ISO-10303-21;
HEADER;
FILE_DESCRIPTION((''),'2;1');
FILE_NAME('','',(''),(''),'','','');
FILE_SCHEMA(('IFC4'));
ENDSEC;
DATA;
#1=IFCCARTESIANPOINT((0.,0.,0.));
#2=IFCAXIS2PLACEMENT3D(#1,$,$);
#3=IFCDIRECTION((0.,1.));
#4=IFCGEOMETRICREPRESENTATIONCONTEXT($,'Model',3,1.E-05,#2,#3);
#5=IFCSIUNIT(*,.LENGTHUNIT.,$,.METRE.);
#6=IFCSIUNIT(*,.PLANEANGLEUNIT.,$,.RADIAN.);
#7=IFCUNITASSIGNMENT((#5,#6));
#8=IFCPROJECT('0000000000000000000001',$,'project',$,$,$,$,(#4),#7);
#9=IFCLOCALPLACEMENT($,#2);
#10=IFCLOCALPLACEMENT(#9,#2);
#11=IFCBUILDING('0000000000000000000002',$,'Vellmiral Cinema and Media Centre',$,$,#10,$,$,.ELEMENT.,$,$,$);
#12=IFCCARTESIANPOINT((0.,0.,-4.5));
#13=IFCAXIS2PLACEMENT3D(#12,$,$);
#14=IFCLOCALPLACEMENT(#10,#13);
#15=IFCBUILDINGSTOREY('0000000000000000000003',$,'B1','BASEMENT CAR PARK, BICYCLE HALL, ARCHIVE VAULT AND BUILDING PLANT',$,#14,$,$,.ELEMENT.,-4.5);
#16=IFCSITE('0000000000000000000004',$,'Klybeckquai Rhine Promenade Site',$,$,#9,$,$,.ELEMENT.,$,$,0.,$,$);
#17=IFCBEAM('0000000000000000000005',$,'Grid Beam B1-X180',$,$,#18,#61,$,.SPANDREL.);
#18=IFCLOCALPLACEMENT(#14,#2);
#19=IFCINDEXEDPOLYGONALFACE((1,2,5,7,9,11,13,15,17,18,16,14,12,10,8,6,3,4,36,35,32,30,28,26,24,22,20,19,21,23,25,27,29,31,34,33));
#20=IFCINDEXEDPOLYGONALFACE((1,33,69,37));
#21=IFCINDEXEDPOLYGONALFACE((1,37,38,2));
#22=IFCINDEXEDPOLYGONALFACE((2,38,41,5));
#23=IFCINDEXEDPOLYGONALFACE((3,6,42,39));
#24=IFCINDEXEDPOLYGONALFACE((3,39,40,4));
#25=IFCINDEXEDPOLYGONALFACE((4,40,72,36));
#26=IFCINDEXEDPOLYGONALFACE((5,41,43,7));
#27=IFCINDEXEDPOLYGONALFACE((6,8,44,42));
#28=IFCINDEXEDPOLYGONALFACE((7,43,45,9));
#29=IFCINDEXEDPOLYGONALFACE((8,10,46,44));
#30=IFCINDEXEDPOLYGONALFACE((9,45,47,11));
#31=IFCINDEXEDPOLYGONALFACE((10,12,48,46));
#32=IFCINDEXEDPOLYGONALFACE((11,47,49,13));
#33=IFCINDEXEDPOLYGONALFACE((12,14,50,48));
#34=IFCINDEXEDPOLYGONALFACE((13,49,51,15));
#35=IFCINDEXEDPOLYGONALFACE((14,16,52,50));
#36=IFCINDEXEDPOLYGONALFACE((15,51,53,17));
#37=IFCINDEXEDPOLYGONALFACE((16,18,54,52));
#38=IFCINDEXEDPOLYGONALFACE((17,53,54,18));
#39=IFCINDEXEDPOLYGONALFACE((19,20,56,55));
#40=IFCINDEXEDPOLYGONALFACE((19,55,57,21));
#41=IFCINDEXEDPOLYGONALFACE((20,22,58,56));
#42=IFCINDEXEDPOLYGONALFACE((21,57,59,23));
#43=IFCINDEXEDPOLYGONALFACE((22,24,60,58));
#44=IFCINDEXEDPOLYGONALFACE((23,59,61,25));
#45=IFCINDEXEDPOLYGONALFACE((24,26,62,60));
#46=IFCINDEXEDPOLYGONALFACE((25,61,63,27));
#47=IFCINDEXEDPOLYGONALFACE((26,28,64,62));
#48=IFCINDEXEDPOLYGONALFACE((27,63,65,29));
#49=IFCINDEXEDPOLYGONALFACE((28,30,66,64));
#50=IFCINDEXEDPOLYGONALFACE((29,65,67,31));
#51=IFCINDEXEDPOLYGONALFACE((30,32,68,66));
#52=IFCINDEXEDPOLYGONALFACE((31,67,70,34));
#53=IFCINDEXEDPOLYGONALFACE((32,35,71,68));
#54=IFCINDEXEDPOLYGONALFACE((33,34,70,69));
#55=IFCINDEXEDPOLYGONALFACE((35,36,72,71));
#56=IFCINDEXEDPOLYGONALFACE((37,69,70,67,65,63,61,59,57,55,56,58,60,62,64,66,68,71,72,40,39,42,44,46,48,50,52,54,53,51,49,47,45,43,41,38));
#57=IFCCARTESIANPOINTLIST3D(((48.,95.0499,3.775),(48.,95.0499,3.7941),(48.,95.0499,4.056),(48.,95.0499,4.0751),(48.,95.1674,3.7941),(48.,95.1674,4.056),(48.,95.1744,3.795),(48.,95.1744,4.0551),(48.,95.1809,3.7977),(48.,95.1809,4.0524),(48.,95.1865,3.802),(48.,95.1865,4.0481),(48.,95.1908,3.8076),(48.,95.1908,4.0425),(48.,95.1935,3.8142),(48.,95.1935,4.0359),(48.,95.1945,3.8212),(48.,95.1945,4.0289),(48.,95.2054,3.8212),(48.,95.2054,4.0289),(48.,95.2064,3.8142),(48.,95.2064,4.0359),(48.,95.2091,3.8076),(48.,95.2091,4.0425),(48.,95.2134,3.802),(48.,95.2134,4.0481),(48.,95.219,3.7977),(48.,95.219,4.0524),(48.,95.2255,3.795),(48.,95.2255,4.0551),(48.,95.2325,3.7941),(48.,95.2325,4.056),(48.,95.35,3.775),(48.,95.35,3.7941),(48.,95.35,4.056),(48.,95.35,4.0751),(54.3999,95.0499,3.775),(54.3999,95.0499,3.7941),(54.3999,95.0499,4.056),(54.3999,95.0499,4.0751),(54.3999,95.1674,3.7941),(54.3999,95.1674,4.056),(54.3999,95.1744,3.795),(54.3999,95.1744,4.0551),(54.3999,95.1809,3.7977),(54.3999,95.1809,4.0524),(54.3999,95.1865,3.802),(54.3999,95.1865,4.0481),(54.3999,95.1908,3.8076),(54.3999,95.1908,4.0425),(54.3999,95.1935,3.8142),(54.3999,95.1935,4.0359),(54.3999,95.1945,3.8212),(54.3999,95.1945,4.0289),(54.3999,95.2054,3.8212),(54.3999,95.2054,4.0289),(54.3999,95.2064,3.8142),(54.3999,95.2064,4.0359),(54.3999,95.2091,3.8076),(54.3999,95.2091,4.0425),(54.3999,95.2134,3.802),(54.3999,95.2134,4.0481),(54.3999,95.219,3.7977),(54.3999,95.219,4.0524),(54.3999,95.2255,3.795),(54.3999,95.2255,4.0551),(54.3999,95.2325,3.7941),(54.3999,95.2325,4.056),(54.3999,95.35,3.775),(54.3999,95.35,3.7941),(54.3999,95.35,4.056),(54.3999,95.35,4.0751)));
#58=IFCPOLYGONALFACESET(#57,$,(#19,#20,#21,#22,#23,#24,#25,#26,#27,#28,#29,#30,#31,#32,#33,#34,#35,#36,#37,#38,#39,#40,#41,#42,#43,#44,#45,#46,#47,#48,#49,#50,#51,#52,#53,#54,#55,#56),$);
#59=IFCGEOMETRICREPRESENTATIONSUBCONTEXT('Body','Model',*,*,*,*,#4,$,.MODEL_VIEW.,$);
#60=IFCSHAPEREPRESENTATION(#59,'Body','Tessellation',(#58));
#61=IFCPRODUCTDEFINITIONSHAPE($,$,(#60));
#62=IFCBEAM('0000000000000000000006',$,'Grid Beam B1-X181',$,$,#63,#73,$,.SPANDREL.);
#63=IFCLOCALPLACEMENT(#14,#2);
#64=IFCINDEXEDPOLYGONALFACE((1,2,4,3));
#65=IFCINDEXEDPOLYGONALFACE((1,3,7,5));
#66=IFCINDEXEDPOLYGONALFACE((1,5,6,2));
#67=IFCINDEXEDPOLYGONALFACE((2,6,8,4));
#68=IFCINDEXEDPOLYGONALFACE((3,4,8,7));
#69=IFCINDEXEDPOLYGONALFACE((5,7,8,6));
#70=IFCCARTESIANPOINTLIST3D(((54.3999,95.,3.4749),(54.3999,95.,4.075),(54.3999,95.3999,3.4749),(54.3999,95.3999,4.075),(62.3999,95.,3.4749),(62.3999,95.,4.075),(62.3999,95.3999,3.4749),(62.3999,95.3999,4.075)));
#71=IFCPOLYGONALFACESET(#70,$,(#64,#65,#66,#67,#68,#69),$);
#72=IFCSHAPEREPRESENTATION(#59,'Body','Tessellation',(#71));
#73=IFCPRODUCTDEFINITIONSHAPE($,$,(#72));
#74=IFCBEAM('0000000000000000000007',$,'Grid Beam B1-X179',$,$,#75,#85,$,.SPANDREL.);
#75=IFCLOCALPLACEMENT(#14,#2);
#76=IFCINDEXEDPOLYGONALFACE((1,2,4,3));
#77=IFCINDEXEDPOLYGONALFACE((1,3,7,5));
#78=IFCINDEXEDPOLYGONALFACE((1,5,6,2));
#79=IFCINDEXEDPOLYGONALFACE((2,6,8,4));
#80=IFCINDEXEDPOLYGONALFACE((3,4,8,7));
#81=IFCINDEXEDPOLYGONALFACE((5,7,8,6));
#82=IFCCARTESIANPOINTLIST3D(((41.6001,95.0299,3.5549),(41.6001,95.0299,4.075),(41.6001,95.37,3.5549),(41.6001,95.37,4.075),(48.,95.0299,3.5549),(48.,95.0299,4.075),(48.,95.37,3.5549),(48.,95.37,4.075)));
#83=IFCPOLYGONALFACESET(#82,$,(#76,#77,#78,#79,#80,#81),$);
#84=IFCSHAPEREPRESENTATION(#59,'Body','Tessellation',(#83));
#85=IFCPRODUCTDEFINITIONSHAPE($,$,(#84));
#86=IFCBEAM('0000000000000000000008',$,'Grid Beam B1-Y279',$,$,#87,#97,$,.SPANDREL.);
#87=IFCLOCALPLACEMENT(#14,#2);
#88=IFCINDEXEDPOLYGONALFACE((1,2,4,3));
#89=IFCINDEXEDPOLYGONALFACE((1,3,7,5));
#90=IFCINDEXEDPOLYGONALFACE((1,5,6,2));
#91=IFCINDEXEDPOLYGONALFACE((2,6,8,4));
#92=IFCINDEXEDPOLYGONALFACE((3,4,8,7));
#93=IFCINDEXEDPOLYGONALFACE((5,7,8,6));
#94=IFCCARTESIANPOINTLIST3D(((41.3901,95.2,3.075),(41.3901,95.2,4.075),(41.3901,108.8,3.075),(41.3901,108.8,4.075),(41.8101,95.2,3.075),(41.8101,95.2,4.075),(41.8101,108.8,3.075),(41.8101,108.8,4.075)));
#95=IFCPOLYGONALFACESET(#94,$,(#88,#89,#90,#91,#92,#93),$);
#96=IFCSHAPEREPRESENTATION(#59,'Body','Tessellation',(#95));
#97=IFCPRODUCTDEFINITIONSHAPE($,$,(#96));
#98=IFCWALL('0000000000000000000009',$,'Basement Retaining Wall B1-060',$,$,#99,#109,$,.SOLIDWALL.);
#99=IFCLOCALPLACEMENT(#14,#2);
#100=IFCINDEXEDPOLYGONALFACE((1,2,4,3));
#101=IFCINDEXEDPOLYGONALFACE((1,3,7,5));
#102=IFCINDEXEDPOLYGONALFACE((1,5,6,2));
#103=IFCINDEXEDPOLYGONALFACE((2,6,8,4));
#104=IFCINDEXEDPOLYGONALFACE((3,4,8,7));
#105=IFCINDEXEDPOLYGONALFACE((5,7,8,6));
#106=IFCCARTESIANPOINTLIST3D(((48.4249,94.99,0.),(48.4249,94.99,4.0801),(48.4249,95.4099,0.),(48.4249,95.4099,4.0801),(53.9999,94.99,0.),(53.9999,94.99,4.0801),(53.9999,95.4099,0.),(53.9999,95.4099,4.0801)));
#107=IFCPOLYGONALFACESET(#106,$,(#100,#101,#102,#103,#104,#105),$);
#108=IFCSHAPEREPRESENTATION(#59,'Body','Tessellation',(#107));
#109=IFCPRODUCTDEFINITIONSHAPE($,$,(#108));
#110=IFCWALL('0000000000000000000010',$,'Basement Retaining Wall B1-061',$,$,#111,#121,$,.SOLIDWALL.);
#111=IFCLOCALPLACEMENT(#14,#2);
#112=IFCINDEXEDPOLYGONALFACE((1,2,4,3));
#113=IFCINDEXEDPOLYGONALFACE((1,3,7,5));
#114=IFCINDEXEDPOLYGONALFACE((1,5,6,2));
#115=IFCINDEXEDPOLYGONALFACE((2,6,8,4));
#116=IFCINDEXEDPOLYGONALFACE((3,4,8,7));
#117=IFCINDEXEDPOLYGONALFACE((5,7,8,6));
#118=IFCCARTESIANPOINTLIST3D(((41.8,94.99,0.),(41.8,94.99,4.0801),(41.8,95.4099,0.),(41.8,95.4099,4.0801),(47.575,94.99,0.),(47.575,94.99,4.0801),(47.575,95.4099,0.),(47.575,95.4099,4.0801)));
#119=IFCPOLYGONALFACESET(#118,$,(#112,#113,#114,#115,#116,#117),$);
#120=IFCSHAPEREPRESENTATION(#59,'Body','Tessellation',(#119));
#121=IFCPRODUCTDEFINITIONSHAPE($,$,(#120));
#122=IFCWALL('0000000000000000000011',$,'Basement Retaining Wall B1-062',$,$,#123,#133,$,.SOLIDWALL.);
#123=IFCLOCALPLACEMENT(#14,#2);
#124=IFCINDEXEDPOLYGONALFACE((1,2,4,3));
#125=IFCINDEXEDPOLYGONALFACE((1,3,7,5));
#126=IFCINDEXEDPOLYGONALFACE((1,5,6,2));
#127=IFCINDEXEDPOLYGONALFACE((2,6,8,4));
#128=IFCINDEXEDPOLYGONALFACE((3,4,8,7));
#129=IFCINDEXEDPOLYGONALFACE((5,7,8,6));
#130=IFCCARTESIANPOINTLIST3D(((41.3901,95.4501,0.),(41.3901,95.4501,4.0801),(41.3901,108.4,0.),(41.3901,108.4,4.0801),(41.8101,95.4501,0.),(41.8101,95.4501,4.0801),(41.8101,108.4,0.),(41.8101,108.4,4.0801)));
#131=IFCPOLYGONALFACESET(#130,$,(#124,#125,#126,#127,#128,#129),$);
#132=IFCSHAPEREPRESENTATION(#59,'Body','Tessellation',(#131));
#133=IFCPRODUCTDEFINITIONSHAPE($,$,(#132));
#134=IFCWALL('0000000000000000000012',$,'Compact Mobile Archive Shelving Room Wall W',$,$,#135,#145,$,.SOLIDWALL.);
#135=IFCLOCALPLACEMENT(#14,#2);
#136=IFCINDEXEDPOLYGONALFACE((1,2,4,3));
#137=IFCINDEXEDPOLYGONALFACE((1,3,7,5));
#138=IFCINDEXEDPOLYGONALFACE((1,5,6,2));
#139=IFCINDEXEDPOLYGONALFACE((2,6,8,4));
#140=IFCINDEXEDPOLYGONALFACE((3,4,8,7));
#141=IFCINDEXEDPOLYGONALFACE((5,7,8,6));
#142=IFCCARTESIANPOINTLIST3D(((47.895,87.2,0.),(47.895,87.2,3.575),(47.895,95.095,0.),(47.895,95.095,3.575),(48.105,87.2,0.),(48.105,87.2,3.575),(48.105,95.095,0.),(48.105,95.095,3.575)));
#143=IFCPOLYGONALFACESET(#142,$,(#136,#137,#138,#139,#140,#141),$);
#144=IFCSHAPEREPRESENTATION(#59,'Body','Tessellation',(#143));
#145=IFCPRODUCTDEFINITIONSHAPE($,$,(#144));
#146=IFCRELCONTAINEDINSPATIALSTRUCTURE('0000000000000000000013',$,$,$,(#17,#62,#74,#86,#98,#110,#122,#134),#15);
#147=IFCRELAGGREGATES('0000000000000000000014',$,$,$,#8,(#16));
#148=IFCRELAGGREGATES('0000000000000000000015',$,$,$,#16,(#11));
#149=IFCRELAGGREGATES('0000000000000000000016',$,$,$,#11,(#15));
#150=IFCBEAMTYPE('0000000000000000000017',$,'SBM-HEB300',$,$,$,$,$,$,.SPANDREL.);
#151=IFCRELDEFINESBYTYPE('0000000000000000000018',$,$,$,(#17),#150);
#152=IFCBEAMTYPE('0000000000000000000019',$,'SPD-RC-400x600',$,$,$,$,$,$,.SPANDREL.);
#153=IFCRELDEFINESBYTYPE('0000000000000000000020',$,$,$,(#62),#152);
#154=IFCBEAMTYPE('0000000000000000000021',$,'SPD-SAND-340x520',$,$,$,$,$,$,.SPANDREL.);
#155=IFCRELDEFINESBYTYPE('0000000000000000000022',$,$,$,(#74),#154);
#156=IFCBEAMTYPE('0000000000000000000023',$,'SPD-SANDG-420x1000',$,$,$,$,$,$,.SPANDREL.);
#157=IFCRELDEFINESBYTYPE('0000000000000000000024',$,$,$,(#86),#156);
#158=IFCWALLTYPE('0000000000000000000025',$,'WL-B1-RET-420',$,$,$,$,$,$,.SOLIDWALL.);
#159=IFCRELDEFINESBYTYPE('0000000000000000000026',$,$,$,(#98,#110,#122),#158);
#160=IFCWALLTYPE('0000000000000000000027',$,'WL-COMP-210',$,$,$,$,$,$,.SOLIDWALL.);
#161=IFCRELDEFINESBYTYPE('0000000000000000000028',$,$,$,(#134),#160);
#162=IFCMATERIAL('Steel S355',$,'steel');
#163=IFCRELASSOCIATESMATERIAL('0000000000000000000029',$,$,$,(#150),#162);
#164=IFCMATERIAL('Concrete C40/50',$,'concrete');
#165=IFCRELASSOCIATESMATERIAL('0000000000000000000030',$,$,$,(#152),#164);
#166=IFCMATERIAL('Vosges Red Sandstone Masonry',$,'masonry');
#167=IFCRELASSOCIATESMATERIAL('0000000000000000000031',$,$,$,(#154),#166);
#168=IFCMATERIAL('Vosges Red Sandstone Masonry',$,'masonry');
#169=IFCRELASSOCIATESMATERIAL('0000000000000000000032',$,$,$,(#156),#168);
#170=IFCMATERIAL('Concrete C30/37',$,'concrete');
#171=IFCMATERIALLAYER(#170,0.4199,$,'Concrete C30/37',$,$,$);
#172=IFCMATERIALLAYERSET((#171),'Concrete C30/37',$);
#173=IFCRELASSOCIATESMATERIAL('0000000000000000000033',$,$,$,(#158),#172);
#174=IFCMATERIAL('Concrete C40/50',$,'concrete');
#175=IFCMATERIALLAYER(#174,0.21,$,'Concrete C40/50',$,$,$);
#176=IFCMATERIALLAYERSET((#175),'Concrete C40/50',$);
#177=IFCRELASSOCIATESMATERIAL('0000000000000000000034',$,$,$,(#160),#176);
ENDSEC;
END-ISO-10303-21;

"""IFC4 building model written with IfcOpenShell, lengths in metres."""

from ifc_helpers import new_model, si_unit, direction, frame, frame_2d, origin, origin_2d, place, context, subcontext, project, spatial, rectangle, i_section, extrude, material, layer, layer_set, material_profile, profile_set, type_object, element, save


model = new_model("IFC4")

# Units and contexts
model_context = context("Model", 3, precision=1e-05, world=origin(), true_north=direction((0.0, 1.0)))
body_context = subcontext(model_context, "Body", "Model", "MODEL_VIEW")
ifc_project = project(units=[si_unit("LENGTHUNIT", "METRE"), si_unit("PLANEANGLEUNIT", "RADIAN")], contexts=[model_context])

# Site, building, storey
site_placement = place(None, origin())
site = spatial("IfcSite", under=ifc_project, at=site_placement, Name="Klybeckquai Rhine Promenade Site", CompositionType="ELEMENT", RefElevation=0.0)
building_placement = place(site_placement, origin())
building = spatial("IfcBuilding", under=site, at=building_placement, Name="Vellmiral Cinema and Media Centre", CompositionType="ELEMENT")
storey_placement = place(building_placement, frame((0.0, 0.0, -4.5)))
storey = spatial("IfcBuildingStorey", under=building, at=storey_placement, Name="B1", Description="BASEMENT CAR PARK, BICYCLE HALL, ARCHIVE VAULT AND BUILDING PLANT", CompositionType="ELEMENT", Elevation=-4.5)

# Beams
ifc_material_1 = material(Name="Steel S355", Category="steel")
ifc_material_profile_1 = material_profile(ifc_material_1, i_section(OverallWidth=0.3, OverallDepth=0.3, WebThickness=0.011, FlangeThickness=0.019, FilletRadius=0.0271, at=origin_2d()), Name="HEB 300")
ifc_profile_set_1 = profile_set([ifc_material_profile_1], Name="Steel S355")
beam_type_1 = type_object("IfcBeamType", Name="SBM-HEB300", PredefinedType="SPANDREL", material=ifc_profile_set_1)
beam_1_placement = place(storey_placement, frame((48.0, 95.2, 3.925), z_axis=(1.0, 0.0, 0.0), x_axis=(0.0, 1.0, 0.0)))
element("IfcBeam", 1, at=beam_1_placement, inside=storey, type_object=beam_type_1, Name="Grid Beam B1-X180", PredefinedType="SPANDREL", context=body_context, shape_type="SweptSolid", body=[
    extrude(i_section(OverallWidth=0.3, OverallDepth=0.3, WebThickness=0.011, FlangeThickness=0.019, FilletRadius=0.0271, at=origin_2d()), origin(), (0.0, 0.0, 1.0), 6.3999),
])
ifc_material_2 = material(Name="Concrete C40/50", Category="concrete")
ifc_material_profile_2 = material_profile(ifc_material_2, rectangle(XDim=0.3999, YDim=0.6001, at=origin_2d()), Name="RC 400x600")
ifc_profile_set_2 = profile_set([ifc_material_profile_2], Name="Concrete C40/50")
beam_type_2 = type_object("IfcBeamType", Name="SPD-RC-400x600", PredefinedType="SPANDREL", material=ifc_profile_set_2)
beam_2_placement = place(storey_placement, frame((54.3999, 95.2, 3.7749), z_axis=(1.0, 0.0, 0.0), x_axis=(0.0, 1.0, 0.0)))
element("IfcBeam", 2, at=beam_2_placement, inside=storey, type_object=beam_type_2, Name="Grid Beam B1-X181", PredefinedType="SPANDREL", context=body_context, shape_type="SweptSolid", body=[
    extrude(rectangle(XDim=0.3999, YDim=0.6001, at=origin_2d()), origin(), (0.0, 0.0, 1.0), 8.0),
])
ifc_material_3 = material(Name="Vosges Red Sandstone Masonry", Category="masonry")
ifc_material_profile_3 = material_profile(ifc_material_3, rectangle(XDim=0.3401, YDim=0.52, at=origin_2d()), Name="SAND 340x520")
ifc_profile_set_3 = profile_set([ifc_material_profile_3], Name="Vosges Red Sandstone Masonry")
beam_type_3 = type_object("IfcBeamType", Name="SPD-SAND-340x520", PredefinedType="SPANDREL", material=ifc_profile_set_3)
beam_3_placement = place(storey_placement, frame((41.6001, 95.2, 3.8149), z_axis=(1.0, 0.0, 0.0), x_axis=(0.0, 1.0, 0.0)))
element("IfcBeam", 3, at=beam_3_placement, inside=storey, type_object=beam_type_3, Name="Grid Beam B1-X179", PredefinedType="SPANDREL", context=body_context, shape_type="SweptSolid", body=[
    extrude(rectangle(XDim=0.3401, YDim=0.52, at=origin_2d()), origin(), (0.0, 0.0, 1.0), 6.3999),
])
ifc_material_4 = material(Name="Vosges Red Sandstone Masonry", Category="masonry")
ifc_material_profile_4 = material_profile(ifc_material_4, rectangle(XDim=0.4199, YDim=1.0, at=origin_2d()), Name="SAND 420x1000")
ifc_profile_set_4 = profile_set([ifc_material_profile_4], Name="Vosges Red Sandstone Masonry")
beam_type_4 = type_object("IfcBeamType", Name="SPD-SANDG-420x1000", PredefinedType="SPANDREL", material=ifc_profile_set_4)
beam_4_placement = place(storey_placement, frame((41.6001, 95.2, 3.575), z_axis=(0.0, 1.0, 0.0), x_axis=(-1.0, 0.0, 0.0)))
element("IfcBeam", 4, at=beam_4_placement, inside=storey, type_object=beam_type_4, Name="Grid Beam B1-Y279", PredefinedType="SPANDREL", context=body_context, shape_type="SweptSolid", body=[
    extrude(rectangle(XDim=0.4199, YDim=1.0, at=origin_2d()), origin(), (0.0, 0.0, 1.0), 13.6001),
])

# Walls
ifc_material_5 = material(Name="Concrete C30/37", Category="concrete")
ifc_layer_1 = layer(ifc_material_5, 0.4199, Name="Concrete C30/37")
ifc_layer_set_1 = layer_set([ifc_layer_1], Name="Concrete C30/37")
wall_type_1 = type_object("IfcWallType", Name="WL-B1-RET-420", PredefinedType="SOLIDWALL", material=ifc_layer_set_1)
wall_1_placement = place(storey_placement, frame((54.0, 95.2, 0.0), z_axis=(0.0, 0.0, 1.0), x_axis=(-1.0, 0.0, 0.0)))
element("IfcWall", 5, at=wall_1_placement, inside=storey, type_object=wall_type_1, Name="Basement Retaining Wall B1-060", PredefinedType="SOLIDWALL", context=body_context, shape_type="SweptSolid", body=[
    extrude(rectangle(XDim=5.575, YDim=0.4199, at=frame_2d((2.7876, 0.0))), origin(), (0.0, 0.0, 1.0), 4.0801),
])
wall_2_placement = place(storey_placement, frame((47.575, 95.2, 0.0), z_axis=(0.0, 0.0, 1.0), x_axis=(-1.0, 0.0, 0.0)))
element("IfcWall", 6, at=wall_2_placement, inside=storey, type_object=wall_type_1, Name="Basement Retaining Wall B1-061", PredefinedType="SOLIDWALL", context=body_context, shape_type="SweptSolid", body=[
    extrude(rectangle(XDim=5.7749, YDim=0.4199, at=frame_2d((2.8875, 0.0))), origin(), (0.0, 0.0, 1.0), 4.0801),
])
wall_3_placement = place(storey_placement, frame((41.6001, 95.45, 0.0), z_axis=(0.0, 0.0, 1.0), x_axis=(0.0, 1.0, 0.0)))
element("IfcWall", 7, at=wall_3_placement, inside=storey, type_object=wall_type_1, Name="Basement Retaining Wall B1-062", PredefinedType="SOLIDWALL", context=body_context, shape_type="SweptSolid", body=[
    extrude(rectangle(XDim=12.95, YDim=0.4199, at=frame_2d((6.4751, 0.0))), origin(), (0.0, 0.0, 1.0), 4.0801),
])
ifc_material_6 = material(Name="Concrete C40/50", Category="concrete")
ifc_layer_2 = layer(ifc_material_6, 0.21, Name="Concrete C40/50")
ifc_layer_set_2 = layer_set([ifc_layer_2], Name="Concrete C40/50")
wall_type_2 = type_object("IfcWallType", Name="WL-COMP-210", PredefinedType="SOLIDWALL", material=ifc_layer_set_2)
wall_4_placement = place(storey_placement, frame((48.0, 87.2, 0.0), z_axis=(0.0, 0.0, 1.0), x_axis=(0.0, 1.0, 0.0)))
element("IfcWall", 8, at=wall_4_placement, inside=storey, type_object=wall_type_2, Name="Compact Mobile Archive Shelving Room Wall W", PredefinedType="SOLIDWALL", context=body_context, shape_type="SweptSolid", body=[
    extrude(rectangle(XDim=7.895, YDim=0.21, at=frame_2d((3.9475, 0.0))), origin(), (0.0, 0.0, 1.0), 3.575),
])

save(model, "model.ifc")
